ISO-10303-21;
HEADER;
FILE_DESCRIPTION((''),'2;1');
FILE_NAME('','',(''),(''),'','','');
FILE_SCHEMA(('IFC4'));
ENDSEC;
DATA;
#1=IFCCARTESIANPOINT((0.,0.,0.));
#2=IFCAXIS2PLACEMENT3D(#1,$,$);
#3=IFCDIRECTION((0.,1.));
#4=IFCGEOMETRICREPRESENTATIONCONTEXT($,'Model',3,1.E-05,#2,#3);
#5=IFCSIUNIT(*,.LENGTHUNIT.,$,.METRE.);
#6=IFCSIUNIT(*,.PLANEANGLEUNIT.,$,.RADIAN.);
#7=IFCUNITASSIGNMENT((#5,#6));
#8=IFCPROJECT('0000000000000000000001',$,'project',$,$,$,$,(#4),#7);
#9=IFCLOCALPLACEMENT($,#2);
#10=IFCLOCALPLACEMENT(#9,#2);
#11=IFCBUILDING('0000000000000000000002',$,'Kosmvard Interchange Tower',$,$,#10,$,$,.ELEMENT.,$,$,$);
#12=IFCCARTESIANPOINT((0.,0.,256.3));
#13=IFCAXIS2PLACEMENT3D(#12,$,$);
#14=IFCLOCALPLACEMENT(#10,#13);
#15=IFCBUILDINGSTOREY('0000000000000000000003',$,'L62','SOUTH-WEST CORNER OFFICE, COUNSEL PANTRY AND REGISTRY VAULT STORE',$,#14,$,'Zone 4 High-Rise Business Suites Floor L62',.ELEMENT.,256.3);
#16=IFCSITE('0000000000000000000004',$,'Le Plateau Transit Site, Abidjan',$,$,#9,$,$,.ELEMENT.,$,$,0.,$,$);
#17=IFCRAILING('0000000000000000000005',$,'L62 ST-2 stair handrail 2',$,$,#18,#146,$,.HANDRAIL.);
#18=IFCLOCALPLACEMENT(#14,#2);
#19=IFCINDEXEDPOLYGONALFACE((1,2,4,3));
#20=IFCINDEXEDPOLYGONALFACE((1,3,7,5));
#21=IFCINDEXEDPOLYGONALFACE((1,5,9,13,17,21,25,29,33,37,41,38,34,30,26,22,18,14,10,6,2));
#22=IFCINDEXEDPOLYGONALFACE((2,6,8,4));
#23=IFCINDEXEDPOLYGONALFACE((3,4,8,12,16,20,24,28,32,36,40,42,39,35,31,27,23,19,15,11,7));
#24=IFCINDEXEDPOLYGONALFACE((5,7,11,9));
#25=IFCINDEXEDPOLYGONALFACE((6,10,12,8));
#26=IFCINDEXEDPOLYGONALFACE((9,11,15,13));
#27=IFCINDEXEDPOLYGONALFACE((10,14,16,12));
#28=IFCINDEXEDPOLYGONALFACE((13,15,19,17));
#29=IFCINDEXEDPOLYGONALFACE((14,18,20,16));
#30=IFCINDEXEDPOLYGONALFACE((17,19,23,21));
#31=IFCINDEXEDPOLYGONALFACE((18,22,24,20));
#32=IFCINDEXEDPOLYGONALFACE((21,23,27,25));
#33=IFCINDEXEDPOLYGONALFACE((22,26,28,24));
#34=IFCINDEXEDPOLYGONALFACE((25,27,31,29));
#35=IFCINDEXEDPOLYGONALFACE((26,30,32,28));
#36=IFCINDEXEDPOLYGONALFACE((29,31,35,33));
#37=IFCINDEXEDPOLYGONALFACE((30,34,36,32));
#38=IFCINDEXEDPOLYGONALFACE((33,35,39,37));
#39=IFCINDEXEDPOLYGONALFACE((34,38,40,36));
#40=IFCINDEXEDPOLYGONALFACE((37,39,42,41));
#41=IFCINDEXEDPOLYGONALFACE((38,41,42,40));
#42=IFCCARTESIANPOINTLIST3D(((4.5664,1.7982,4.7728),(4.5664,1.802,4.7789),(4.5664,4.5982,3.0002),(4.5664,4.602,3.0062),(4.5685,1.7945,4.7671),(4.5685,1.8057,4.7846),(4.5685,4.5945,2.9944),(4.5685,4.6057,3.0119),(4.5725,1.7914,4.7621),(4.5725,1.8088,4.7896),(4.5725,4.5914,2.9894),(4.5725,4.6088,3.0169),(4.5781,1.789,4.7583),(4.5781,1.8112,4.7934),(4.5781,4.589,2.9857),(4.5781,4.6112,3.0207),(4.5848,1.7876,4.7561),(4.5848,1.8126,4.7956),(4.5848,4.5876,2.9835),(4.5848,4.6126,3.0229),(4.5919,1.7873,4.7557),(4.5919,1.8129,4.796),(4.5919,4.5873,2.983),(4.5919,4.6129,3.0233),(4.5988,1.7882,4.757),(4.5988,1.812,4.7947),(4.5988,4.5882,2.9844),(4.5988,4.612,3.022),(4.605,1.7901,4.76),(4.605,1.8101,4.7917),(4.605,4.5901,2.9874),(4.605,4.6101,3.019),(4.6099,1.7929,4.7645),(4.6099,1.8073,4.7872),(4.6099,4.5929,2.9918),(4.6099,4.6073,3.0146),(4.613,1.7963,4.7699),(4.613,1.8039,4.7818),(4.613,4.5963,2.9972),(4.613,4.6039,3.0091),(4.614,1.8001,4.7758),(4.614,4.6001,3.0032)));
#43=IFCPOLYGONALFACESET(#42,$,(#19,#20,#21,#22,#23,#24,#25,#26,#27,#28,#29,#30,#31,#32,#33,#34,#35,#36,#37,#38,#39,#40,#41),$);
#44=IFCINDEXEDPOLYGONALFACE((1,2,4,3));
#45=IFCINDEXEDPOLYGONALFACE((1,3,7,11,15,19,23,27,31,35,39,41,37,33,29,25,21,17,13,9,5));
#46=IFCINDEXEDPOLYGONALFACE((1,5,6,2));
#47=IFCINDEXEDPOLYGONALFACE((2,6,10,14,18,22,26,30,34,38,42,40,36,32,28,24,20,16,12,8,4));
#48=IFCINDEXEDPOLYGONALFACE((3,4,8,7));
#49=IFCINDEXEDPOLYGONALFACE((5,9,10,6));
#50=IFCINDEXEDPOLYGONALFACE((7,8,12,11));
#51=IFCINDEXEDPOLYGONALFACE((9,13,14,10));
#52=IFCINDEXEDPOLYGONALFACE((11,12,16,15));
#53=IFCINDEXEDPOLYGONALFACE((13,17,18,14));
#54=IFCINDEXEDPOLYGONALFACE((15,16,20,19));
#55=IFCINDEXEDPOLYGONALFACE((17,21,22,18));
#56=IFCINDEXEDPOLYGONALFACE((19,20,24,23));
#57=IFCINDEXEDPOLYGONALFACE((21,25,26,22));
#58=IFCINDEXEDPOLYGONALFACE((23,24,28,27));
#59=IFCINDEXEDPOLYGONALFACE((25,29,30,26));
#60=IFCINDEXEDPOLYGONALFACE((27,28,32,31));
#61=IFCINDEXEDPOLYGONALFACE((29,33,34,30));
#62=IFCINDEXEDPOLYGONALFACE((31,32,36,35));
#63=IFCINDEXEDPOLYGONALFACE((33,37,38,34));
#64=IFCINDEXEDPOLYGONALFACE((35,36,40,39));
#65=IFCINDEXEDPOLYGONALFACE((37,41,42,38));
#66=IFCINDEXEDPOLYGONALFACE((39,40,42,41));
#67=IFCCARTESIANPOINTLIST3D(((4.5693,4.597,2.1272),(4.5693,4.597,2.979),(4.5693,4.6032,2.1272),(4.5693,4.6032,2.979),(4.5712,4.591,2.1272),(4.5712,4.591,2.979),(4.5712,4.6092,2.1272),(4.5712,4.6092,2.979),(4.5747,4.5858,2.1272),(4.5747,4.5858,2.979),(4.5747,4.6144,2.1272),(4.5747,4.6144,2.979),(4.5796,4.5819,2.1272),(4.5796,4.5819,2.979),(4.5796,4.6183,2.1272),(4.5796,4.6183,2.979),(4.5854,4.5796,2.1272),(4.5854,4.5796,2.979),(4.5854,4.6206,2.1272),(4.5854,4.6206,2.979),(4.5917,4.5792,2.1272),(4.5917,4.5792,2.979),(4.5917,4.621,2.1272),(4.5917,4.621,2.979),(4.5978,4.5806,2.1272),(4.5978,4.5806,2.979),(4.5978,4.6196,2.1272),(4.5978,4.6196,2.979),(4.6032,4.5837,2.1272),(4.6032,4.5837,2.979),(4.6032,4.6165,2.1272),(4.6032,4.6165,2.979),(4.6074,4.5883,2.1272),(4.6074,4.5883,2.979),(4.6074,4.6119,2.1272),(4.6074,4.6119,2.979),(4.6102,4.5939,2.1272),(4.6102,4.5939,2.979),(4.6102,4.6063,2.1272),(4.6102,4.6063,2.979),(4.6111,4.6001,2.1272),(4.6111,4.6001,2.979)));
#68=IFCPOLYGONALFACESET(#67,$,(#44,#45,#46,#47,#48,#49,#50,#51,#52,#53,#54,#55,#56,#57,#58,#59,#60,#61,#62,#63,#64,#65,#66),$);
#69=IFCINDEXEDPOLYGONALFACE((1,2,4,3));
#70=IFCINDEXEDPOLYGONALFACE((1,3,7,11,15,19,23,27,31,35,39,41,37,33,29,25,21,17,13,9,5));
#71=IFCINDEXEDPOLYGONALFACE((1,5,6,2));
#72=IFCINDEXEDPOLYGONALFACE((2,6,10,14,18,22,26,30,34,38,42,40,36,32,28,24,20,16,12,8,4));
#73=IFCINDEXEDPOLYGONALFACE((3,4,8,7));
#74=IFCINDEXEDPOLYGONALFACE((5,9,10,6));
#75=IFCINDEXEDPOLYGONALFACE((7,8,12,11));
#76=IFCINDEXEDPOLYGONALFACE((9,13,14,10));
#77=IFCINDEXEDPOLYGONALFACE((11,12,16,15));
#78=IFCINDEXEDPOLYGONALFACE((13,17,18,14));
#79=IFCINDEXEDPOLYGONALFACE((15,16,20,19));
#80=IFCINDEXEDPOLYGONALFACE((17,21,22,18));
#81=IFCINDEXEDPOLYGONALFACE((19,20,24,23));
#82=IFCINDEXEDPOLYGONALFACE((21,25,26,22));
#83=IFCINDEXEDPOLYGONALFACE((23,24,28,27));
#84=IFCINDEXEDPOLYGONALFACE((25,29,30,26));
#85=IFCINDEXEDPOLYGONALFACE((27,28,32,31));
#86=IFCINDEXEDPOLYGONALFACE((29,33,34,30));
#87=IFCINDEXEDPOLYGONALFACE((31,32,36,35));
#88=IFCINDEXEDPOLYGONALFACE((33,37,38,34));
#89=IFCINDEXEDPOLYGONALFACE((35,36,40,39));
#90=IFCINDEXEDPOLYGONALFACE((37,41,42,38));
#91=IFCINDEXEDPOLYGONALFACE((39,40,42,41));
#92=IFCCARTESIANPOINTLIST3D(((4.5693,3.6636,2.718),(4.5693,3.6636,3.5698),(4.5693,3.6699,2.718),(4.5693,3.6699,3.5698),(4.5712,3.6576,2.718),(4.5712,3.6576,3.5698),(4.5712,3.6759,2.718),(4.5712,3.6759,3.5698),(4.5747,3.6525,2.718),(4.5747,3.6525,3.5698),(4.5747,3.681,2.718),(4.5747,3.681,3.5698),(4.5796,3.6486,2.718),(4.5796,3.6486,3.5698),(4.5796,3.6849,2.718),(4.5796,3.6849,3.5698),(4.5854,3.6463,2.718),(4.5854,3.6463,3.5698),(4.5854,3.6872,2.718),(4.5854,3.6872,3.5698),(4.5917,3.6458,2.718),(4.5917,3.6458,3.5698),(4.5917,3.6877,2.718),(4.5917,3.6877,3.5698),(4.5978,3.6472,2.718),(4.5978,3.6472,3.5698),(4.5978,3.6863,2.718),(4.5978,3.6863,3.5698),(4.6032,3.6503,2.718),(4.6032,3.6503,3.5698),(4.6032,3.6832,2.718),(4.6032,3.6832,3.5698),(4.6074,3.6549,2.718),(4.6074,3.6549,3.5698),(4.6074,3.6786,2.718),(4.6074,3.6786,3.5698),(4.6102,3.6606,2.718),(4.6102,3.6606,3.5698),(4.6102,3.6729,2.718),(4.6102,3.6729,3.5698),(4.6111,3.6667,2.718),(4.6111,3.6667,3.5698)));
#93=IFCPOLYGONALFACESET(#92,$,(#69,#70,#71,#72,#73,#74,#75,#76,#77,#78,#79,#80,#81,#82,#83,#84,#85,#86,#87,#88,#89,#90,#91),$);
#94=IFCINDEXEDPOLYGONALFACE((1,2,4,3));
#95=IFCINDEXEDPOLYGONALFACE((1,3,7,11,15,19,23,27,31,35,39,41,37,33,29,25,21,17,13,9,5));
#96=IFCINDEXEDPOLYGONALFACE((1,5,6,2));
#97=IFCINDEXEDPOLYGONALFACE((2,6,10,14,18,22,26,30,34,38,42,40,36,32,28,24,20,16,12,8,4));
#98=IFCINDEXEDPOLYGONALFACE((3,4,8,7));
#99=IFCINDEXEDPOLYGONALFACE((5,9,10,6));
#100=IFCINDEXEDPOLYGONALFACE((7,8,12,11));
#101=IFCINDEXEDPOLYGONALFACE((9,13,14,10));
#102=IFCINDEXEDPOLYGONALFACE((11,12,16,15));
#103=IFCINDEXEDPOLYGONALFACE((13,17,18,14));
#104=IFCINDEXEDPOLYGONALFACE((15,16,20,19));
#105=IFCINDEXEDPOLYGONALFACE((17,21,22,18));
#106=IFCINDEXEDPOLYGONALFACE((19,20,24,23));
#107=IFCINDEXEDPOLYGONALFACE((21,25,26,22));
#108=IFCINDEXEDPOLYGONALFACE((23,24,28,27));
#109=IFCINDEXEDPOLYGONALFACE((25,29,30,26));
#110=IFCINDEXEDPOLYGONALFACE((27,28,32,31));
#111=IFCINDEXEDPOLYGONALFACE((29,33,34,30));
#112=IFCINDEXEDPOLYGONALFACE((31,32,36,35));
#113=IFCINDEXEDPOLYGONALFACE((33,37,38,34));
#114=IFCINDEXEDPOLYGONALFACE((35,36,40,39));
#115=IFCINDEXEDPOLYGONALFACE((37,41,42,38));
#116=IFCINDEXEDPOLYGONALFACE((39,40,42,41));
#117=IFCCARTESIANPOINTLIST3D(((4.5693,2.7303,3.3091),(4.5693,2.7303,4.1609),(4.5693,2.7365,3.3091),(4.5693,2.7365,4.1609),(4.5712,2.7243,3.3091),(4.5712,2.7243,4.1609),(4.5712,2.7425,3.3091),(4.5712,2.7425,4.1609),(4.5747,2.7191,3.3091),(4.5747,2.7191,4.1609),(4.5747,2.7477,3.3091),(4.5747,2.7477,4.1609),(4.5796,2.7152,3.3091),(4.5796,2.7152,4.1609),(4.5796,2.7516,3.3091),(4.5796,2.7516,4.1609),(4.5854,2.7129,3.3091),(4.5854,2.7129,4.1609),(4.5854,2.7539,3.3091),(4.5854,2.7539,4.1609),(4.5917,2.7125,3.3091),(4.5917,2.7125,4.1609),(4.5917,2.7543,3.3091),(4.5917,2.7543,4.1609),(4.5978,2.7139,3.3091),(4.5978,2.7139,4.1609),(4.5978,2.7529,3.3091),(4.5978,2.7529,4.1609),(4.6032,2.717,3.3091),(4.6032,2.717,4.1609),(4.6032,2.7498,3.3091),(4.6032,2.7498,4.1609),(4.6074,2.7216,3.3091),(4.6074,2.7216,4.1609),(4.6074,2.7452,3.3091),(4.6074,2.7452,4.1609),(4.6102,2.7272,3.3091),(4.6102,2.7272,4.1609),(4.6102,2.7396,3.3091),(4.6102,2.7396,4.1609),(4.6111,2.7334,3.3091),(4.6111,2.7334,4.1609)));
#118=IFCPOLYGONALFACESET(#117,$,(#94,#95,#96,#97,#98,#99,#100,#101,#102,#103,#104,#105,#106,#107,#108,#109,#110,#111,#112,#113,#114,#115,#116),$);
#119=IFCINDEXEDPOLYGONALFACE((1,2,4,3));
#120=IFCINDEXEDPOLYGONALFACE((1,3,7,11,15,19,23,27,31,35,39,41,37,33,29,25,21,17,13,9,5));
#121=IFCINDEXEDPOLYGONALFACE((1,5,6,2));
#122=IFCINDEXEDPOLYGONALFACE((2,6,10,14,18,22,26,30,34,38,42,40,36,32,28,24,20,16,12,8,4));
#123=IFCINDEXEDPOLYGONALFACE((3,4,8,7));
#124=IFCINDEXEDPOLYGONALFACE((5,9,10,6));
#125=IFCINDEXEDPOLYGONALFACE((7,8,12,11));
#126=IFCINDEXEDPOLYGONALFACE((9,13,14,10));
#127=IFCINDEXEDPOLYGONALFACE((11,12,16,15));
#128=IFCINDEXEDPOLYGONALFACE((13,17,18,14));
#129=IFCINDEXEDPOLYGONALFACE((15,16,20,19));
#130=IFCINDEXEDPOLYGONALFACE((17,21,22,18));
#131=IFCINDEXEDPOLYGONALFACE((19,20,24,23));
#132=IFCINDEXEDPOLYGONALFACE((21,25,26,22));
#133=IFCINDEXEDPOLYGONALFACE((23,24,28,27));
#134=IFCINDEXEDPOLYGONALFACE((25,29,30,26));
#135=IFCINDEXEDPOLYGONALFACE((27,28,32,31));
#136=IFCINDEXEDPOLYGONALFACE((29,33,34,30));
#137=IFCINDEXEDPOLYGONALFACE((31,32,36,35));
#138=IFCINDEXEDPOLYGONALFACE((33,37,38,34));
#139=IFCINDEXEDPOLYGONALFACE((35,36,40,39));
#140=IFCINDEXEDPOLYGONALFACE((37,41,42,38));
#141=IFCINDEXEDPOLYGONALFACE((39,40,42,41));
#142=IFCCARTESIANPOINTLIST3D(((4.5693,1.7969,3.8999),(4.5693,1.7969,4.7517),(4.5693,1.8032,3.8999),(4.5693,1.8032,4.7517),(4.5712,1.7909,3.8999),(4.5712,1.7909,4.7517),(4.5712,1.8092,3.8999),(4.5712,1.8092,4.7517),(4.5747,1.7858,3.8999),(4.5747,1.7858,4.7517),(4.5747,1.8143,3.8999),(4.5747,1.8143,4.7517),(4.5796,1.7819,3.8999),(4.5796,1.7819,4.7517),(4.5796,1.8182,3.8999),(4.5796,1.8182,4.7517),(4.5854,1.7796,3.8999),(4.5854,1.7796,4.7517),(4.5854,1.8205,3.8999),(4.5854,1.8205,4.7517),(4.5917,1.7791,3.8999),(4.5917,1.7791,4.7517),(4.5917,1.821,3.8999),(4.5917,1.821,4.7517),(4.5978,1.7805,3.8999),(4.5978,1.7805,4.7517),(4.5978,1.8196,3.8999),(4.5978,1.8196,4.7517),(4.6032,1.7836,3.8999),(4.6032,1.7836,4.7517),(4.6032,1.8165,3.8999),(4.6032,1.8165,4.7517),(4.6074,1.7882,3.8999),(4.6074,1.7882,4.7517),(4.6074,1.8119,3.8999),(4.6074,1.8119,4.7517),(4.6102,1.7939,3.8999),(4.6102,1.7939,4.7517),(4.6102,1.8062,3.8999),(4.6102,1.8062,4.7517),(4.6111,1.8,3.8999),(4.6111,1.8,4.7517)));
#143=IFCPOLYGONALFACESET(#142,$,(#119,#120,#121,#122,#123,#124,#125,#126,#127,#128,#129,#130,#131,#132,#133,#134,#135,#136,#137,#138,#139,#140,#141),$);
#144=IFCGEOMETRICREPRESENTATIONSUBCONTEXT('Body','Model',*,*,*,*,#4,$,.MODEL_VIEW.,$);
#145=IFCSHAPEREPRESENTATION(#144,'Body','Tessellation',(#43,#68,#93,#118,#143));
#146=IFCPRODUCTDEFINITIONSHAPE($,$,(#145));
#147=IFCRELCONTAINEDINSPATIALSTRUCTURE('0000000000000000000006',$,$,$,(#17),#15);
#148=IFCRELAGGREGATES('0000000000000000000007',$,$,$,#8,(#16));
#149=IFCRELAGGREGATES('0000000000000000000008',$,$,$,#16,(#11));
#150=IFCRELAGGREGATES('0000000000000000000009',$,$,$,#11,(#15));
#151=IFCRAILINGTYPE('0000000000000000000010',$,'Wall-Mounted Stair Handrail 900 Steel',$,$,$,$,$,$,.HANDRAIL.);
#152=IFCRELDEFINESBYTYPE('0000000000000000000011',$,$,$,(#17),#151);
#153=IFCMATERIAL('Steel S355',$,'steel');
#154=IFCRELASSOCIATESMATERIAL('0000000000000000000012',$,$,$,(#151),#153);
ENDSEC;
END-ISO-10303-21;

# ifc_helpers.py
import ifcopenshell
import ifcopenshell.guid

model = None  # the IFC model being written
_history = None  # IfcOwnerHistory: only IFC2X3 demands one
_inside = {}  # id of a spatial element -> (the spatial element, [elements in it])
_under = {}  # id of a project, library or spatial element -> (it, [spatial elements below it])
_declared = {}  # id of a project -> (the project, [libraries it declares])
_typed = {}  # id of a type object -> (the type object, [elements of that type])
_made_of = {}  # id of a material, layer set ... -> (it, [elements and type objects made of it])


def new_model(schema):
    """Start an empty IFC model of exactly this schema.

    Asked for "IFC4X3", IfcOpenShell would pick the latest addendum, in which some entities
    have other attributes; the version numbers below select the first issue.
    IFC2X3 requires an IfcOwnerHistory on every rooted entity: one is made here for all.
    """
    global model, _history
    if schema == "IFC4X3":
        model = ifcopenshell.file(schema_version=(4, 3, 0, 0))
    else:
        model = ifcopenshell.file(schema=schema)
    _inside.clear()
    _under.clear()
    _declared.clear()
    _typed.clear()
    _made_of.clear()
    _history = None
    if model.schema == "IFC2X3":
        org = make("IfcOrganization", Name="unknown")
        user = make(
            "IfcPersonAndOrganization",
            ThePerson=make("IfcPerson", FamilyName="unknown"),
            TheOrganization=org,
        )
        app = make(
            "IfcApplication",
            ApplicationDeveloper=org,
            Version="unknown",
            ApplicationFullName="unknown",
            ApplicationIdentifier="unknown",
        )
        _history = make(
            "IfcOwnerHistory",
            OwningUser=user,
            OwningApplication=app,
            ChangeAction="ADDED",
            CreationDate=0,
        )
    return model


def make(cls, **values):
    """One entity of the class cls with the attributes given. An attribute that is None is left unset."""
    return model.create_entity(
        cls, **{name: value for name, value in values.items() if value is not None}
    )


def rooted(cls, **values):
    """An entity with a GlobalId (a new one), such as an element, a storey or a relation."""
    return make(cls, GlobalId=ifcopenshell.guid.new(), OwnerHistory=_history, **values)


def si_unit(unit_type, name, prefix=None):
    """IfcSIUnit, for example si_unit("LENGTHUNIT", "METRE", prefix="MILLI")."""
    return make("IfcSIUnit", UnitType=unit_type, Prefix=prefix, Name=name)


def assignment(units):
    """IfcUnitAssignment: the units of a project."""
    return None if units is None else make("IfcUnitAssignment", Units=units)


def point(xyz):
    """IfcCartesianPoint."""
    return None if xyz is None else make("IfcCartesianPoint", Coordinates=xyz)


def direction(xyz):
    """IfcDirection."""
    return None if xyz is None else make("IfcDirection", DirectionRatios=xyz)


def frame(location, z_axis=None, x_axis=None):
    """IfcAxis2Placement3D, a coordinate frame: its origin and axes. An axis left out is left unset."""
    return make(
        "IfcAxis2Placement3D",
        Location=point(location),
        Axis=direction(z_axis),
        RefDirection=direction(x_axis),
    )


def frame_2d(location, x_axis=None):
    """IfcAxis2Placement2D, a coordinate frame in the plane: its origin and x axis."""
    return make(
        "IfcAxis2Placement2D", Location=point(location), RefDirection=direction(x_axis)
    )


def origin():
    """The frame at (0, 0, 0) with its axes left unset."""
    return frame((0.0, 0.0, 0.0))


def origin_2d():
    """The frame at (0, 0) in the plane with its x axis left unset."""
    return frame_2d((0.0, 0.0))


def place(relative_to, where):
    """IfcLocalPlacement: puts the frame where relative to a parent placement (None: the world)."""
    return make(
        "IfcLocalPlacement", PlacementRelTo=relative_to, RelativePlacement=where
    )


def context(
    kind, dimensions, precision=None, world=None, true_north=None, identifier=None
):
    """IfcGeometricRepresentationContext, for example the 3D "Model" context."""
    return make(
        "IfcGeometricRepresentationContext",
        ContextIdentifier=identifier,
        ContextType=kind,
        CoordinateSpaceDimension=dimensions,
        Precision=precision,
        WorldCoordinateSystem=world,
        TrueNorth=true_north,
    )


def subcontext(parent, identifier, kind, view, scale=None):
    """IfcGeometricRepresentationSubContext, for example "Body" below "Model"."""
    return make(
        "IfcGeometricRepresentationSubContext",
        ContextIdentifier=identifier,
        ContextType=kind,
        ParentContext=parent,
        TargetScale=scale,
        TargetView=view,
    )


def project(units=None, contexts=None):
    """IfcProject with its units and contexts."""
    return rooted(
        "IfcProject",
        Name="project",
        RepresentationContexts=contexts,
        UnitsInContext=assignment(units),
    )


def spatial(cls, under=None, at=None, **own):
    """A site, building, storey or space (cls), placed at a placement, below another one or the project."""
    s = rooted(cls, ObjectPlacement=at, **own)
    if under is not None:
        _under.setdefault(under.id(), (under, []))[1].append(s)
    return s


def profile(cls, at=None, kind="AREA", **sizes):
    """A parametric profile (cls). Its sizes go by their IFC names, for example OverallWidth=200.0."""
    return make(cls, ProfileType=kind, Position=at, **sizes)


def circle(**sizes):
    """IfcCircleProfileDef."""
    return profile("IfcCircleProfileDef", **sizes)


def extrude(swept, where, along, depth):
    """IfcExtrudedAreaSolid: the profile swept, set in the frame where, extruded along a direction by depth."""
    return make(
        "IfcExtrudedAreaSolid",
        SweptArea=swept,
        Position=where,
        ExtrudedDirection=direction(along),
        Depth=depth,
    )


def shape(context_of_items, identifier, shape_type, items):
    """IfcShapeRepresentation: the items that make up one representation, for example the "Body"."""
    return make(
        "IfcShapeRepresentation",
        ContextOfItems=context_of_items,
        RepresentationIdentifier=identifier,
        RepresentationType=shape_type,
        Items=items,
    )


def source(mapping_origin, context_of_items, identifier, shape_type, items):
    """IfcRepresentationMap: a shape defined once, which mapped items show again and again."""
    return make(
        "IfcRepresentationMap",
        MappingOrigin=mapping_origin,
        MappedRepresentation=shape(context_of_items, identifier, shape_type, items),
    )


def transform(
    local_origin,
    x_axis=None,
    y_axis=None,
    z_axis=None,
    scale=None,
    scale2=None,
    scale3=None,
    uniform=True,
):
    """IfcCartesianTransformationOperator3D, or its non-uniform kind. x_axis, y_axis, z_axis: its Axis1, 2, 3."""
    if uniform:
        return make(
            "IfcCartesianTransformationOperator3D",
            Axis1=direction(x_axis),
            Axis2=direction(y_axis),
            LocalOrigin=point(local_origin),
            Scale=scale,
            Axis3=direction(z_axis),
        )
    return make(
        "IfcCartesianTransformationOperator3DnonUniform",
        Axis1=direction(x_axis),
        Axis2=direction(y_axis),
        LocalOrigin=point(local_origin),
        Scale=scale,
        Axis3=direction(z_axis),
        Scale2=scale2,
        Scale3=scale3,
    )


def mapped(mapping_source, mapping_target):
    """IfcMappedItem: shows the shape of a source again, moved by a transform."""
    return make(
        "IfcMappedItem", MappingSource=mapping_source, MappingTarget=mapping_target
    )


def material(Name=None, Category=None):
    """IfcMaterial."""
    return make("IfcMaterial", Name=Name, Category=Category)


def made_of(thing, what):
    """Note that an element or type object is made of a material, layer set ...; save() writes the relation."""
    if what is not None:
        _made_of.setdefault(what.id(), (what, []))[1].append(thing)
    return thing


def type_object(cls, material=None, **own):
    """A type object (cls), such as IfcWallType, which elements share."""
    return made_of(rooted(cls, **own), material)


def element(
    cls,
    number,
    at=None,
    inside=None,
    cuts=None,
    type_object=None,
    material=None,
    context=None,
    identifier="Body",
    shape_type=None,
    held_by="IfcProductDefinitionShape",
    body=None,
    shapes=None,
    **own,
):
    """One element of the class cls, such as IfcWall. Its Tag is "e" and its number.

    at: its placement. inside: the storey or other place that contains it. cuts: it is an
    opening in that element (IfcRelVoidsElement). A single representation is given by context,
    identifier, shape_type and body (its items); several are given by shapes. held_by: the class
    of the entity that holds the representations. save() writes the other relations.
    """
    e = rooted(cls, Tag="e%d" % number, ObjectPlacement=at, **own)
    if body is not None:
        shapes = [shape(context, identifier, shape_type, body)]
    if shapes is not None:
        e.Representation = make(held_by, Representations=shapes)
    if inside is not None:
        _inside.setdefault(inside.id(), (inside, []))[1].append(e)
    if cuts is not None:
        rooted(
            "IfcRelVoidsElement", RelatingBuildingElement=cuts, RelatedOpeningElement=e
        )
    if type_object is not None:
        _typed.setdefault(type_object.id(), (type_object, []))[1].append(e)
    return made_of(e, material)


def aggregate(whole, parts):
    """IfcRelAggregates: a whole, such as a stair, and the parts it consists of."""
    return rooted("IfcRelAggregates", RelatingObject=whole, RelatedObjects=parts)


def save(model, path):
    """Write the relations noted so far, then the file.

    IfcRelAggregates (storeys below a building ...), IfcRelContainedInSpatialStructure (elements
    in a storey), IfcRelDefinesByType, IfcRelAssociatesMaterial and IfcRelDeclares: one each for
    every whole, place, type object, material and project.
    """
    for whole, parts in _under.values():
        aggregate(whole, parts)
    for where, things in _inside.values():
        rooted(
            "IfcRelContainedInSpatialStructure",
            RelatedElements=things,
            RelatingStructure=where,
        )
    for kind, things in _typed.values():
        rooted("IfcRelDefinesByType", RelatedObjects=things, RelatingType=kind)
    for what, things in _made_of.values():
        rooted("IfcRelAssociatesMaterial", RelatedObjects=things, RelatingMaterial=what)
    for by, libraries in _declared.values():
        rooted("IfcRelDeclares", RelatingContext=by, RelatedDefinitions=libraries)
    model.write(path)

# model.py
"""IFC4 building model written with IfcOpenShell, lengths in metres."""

from ifc_helpers import new_model, si_unit, direction, frame, origin, origin_2d, place, context, subcontext, project, spatial, circle, extrude, source, transform, mapped, material, type_object, element, save


model = new_model("IFC4")

# Units and contexts
model_context = context("Model", 3, precision=1e-05, world=origin(), true_north=direction((0.0, 1.0)))
body_context = subcontext(model_context, "Body", "Model", "MODEL_VIEW")
ifc_project = project(units=[si_unit("LENGTHUNIT", "METRE"), si_unit("PLANEANGLEUNIT", "RADIAN")], contexts=[model_context])

# Site, building, storey
site_placement = place(None, origin())
site = spatial("IfcSite", under=ifc_project, at=site_placement, Name="Le Plateau Transit Site, Abidjan", CompositionType="ELEMENT", RefElevation=0.0)
building_placement = place(site_placement, origin())
building = spatial("IfcBuilding", under=site, at=building_placement, Name="Kosmvard Interchange Tower", CompositionType="ELEMENT")
storey_placement = place(building_placement, frame((0.0, 0.0, 256.3)))
storey = spatial("IfcBuildingStorey", under=building, at=storey_placement, Name="L62", Description="SOUTH-WEST CORNER OFFICE, COUNSEL PANTRY AND REGISTRY VAULT STORE", LongName="Zone 4 High-Rise Business Suites Floor L62", CompositionType="ELEMENT", Elevation=256.3)

# Shared definitions
ifc_material_1 = material(Name="Steel S355", Category="steel")

# Railing
railing_type_1 = type_object("IfcRailingType", Name="Wall-Mounted Stair Handrail 900 Steel", PredefinedType="HANDRAIL", material=ifc_material_1)
shared_shape_1 = source(origin(), body_context, "Body", "SweptSolid", [
    extrude(circle(Radius=0.0239, at=origin_2d()), frame((0.0, 0.0, 0.876), z_axis=(0.0, -0.844909, 0.53491), x_axis=(1.0, 0.0, 0.0)), (0.0, 0.0, 1.0), 3.314),
    extrude(circle(Radius=0.021, at=origin_2d()), origin(), (0.0, 0.0, 1.0), 0.8518),
    extrude(circle(Radius=0.021, at=origin_2d()), frame((0.0, -0.9333, 0.5908)), (0.0, 0.0, 1.0), 0.8518),
    extrude(circle(Radius=0.021, at=origin_2d()), frame((0.0, -1.8667, 1.1819)), (0.0, 0.0, 1.0), 0.8518),
    extrude(circle(Radius=0.021, at=origin_2d()), frame((0.0, -2.8, 1.7727)), (0.0, 0.0, 1.0), 0.8518),
])
railing_1_placement = place(storey_placement, frame((4.5901, 4.6001, 2.1272)))
element("IfcRailing", 1, at=railing_1_placement, inside=storey, type_object=railing_type_1, Name="L62 ST-2 stair handrail 2", PredefinedType="HANDRAIL", context=body_context, shape_type="MappedRepresentation", body=[
    mapped(shared_shape_1, transform((0.0, 0.0, 0.0), scale=1.0)),
])

save(model, "model.ifc")
